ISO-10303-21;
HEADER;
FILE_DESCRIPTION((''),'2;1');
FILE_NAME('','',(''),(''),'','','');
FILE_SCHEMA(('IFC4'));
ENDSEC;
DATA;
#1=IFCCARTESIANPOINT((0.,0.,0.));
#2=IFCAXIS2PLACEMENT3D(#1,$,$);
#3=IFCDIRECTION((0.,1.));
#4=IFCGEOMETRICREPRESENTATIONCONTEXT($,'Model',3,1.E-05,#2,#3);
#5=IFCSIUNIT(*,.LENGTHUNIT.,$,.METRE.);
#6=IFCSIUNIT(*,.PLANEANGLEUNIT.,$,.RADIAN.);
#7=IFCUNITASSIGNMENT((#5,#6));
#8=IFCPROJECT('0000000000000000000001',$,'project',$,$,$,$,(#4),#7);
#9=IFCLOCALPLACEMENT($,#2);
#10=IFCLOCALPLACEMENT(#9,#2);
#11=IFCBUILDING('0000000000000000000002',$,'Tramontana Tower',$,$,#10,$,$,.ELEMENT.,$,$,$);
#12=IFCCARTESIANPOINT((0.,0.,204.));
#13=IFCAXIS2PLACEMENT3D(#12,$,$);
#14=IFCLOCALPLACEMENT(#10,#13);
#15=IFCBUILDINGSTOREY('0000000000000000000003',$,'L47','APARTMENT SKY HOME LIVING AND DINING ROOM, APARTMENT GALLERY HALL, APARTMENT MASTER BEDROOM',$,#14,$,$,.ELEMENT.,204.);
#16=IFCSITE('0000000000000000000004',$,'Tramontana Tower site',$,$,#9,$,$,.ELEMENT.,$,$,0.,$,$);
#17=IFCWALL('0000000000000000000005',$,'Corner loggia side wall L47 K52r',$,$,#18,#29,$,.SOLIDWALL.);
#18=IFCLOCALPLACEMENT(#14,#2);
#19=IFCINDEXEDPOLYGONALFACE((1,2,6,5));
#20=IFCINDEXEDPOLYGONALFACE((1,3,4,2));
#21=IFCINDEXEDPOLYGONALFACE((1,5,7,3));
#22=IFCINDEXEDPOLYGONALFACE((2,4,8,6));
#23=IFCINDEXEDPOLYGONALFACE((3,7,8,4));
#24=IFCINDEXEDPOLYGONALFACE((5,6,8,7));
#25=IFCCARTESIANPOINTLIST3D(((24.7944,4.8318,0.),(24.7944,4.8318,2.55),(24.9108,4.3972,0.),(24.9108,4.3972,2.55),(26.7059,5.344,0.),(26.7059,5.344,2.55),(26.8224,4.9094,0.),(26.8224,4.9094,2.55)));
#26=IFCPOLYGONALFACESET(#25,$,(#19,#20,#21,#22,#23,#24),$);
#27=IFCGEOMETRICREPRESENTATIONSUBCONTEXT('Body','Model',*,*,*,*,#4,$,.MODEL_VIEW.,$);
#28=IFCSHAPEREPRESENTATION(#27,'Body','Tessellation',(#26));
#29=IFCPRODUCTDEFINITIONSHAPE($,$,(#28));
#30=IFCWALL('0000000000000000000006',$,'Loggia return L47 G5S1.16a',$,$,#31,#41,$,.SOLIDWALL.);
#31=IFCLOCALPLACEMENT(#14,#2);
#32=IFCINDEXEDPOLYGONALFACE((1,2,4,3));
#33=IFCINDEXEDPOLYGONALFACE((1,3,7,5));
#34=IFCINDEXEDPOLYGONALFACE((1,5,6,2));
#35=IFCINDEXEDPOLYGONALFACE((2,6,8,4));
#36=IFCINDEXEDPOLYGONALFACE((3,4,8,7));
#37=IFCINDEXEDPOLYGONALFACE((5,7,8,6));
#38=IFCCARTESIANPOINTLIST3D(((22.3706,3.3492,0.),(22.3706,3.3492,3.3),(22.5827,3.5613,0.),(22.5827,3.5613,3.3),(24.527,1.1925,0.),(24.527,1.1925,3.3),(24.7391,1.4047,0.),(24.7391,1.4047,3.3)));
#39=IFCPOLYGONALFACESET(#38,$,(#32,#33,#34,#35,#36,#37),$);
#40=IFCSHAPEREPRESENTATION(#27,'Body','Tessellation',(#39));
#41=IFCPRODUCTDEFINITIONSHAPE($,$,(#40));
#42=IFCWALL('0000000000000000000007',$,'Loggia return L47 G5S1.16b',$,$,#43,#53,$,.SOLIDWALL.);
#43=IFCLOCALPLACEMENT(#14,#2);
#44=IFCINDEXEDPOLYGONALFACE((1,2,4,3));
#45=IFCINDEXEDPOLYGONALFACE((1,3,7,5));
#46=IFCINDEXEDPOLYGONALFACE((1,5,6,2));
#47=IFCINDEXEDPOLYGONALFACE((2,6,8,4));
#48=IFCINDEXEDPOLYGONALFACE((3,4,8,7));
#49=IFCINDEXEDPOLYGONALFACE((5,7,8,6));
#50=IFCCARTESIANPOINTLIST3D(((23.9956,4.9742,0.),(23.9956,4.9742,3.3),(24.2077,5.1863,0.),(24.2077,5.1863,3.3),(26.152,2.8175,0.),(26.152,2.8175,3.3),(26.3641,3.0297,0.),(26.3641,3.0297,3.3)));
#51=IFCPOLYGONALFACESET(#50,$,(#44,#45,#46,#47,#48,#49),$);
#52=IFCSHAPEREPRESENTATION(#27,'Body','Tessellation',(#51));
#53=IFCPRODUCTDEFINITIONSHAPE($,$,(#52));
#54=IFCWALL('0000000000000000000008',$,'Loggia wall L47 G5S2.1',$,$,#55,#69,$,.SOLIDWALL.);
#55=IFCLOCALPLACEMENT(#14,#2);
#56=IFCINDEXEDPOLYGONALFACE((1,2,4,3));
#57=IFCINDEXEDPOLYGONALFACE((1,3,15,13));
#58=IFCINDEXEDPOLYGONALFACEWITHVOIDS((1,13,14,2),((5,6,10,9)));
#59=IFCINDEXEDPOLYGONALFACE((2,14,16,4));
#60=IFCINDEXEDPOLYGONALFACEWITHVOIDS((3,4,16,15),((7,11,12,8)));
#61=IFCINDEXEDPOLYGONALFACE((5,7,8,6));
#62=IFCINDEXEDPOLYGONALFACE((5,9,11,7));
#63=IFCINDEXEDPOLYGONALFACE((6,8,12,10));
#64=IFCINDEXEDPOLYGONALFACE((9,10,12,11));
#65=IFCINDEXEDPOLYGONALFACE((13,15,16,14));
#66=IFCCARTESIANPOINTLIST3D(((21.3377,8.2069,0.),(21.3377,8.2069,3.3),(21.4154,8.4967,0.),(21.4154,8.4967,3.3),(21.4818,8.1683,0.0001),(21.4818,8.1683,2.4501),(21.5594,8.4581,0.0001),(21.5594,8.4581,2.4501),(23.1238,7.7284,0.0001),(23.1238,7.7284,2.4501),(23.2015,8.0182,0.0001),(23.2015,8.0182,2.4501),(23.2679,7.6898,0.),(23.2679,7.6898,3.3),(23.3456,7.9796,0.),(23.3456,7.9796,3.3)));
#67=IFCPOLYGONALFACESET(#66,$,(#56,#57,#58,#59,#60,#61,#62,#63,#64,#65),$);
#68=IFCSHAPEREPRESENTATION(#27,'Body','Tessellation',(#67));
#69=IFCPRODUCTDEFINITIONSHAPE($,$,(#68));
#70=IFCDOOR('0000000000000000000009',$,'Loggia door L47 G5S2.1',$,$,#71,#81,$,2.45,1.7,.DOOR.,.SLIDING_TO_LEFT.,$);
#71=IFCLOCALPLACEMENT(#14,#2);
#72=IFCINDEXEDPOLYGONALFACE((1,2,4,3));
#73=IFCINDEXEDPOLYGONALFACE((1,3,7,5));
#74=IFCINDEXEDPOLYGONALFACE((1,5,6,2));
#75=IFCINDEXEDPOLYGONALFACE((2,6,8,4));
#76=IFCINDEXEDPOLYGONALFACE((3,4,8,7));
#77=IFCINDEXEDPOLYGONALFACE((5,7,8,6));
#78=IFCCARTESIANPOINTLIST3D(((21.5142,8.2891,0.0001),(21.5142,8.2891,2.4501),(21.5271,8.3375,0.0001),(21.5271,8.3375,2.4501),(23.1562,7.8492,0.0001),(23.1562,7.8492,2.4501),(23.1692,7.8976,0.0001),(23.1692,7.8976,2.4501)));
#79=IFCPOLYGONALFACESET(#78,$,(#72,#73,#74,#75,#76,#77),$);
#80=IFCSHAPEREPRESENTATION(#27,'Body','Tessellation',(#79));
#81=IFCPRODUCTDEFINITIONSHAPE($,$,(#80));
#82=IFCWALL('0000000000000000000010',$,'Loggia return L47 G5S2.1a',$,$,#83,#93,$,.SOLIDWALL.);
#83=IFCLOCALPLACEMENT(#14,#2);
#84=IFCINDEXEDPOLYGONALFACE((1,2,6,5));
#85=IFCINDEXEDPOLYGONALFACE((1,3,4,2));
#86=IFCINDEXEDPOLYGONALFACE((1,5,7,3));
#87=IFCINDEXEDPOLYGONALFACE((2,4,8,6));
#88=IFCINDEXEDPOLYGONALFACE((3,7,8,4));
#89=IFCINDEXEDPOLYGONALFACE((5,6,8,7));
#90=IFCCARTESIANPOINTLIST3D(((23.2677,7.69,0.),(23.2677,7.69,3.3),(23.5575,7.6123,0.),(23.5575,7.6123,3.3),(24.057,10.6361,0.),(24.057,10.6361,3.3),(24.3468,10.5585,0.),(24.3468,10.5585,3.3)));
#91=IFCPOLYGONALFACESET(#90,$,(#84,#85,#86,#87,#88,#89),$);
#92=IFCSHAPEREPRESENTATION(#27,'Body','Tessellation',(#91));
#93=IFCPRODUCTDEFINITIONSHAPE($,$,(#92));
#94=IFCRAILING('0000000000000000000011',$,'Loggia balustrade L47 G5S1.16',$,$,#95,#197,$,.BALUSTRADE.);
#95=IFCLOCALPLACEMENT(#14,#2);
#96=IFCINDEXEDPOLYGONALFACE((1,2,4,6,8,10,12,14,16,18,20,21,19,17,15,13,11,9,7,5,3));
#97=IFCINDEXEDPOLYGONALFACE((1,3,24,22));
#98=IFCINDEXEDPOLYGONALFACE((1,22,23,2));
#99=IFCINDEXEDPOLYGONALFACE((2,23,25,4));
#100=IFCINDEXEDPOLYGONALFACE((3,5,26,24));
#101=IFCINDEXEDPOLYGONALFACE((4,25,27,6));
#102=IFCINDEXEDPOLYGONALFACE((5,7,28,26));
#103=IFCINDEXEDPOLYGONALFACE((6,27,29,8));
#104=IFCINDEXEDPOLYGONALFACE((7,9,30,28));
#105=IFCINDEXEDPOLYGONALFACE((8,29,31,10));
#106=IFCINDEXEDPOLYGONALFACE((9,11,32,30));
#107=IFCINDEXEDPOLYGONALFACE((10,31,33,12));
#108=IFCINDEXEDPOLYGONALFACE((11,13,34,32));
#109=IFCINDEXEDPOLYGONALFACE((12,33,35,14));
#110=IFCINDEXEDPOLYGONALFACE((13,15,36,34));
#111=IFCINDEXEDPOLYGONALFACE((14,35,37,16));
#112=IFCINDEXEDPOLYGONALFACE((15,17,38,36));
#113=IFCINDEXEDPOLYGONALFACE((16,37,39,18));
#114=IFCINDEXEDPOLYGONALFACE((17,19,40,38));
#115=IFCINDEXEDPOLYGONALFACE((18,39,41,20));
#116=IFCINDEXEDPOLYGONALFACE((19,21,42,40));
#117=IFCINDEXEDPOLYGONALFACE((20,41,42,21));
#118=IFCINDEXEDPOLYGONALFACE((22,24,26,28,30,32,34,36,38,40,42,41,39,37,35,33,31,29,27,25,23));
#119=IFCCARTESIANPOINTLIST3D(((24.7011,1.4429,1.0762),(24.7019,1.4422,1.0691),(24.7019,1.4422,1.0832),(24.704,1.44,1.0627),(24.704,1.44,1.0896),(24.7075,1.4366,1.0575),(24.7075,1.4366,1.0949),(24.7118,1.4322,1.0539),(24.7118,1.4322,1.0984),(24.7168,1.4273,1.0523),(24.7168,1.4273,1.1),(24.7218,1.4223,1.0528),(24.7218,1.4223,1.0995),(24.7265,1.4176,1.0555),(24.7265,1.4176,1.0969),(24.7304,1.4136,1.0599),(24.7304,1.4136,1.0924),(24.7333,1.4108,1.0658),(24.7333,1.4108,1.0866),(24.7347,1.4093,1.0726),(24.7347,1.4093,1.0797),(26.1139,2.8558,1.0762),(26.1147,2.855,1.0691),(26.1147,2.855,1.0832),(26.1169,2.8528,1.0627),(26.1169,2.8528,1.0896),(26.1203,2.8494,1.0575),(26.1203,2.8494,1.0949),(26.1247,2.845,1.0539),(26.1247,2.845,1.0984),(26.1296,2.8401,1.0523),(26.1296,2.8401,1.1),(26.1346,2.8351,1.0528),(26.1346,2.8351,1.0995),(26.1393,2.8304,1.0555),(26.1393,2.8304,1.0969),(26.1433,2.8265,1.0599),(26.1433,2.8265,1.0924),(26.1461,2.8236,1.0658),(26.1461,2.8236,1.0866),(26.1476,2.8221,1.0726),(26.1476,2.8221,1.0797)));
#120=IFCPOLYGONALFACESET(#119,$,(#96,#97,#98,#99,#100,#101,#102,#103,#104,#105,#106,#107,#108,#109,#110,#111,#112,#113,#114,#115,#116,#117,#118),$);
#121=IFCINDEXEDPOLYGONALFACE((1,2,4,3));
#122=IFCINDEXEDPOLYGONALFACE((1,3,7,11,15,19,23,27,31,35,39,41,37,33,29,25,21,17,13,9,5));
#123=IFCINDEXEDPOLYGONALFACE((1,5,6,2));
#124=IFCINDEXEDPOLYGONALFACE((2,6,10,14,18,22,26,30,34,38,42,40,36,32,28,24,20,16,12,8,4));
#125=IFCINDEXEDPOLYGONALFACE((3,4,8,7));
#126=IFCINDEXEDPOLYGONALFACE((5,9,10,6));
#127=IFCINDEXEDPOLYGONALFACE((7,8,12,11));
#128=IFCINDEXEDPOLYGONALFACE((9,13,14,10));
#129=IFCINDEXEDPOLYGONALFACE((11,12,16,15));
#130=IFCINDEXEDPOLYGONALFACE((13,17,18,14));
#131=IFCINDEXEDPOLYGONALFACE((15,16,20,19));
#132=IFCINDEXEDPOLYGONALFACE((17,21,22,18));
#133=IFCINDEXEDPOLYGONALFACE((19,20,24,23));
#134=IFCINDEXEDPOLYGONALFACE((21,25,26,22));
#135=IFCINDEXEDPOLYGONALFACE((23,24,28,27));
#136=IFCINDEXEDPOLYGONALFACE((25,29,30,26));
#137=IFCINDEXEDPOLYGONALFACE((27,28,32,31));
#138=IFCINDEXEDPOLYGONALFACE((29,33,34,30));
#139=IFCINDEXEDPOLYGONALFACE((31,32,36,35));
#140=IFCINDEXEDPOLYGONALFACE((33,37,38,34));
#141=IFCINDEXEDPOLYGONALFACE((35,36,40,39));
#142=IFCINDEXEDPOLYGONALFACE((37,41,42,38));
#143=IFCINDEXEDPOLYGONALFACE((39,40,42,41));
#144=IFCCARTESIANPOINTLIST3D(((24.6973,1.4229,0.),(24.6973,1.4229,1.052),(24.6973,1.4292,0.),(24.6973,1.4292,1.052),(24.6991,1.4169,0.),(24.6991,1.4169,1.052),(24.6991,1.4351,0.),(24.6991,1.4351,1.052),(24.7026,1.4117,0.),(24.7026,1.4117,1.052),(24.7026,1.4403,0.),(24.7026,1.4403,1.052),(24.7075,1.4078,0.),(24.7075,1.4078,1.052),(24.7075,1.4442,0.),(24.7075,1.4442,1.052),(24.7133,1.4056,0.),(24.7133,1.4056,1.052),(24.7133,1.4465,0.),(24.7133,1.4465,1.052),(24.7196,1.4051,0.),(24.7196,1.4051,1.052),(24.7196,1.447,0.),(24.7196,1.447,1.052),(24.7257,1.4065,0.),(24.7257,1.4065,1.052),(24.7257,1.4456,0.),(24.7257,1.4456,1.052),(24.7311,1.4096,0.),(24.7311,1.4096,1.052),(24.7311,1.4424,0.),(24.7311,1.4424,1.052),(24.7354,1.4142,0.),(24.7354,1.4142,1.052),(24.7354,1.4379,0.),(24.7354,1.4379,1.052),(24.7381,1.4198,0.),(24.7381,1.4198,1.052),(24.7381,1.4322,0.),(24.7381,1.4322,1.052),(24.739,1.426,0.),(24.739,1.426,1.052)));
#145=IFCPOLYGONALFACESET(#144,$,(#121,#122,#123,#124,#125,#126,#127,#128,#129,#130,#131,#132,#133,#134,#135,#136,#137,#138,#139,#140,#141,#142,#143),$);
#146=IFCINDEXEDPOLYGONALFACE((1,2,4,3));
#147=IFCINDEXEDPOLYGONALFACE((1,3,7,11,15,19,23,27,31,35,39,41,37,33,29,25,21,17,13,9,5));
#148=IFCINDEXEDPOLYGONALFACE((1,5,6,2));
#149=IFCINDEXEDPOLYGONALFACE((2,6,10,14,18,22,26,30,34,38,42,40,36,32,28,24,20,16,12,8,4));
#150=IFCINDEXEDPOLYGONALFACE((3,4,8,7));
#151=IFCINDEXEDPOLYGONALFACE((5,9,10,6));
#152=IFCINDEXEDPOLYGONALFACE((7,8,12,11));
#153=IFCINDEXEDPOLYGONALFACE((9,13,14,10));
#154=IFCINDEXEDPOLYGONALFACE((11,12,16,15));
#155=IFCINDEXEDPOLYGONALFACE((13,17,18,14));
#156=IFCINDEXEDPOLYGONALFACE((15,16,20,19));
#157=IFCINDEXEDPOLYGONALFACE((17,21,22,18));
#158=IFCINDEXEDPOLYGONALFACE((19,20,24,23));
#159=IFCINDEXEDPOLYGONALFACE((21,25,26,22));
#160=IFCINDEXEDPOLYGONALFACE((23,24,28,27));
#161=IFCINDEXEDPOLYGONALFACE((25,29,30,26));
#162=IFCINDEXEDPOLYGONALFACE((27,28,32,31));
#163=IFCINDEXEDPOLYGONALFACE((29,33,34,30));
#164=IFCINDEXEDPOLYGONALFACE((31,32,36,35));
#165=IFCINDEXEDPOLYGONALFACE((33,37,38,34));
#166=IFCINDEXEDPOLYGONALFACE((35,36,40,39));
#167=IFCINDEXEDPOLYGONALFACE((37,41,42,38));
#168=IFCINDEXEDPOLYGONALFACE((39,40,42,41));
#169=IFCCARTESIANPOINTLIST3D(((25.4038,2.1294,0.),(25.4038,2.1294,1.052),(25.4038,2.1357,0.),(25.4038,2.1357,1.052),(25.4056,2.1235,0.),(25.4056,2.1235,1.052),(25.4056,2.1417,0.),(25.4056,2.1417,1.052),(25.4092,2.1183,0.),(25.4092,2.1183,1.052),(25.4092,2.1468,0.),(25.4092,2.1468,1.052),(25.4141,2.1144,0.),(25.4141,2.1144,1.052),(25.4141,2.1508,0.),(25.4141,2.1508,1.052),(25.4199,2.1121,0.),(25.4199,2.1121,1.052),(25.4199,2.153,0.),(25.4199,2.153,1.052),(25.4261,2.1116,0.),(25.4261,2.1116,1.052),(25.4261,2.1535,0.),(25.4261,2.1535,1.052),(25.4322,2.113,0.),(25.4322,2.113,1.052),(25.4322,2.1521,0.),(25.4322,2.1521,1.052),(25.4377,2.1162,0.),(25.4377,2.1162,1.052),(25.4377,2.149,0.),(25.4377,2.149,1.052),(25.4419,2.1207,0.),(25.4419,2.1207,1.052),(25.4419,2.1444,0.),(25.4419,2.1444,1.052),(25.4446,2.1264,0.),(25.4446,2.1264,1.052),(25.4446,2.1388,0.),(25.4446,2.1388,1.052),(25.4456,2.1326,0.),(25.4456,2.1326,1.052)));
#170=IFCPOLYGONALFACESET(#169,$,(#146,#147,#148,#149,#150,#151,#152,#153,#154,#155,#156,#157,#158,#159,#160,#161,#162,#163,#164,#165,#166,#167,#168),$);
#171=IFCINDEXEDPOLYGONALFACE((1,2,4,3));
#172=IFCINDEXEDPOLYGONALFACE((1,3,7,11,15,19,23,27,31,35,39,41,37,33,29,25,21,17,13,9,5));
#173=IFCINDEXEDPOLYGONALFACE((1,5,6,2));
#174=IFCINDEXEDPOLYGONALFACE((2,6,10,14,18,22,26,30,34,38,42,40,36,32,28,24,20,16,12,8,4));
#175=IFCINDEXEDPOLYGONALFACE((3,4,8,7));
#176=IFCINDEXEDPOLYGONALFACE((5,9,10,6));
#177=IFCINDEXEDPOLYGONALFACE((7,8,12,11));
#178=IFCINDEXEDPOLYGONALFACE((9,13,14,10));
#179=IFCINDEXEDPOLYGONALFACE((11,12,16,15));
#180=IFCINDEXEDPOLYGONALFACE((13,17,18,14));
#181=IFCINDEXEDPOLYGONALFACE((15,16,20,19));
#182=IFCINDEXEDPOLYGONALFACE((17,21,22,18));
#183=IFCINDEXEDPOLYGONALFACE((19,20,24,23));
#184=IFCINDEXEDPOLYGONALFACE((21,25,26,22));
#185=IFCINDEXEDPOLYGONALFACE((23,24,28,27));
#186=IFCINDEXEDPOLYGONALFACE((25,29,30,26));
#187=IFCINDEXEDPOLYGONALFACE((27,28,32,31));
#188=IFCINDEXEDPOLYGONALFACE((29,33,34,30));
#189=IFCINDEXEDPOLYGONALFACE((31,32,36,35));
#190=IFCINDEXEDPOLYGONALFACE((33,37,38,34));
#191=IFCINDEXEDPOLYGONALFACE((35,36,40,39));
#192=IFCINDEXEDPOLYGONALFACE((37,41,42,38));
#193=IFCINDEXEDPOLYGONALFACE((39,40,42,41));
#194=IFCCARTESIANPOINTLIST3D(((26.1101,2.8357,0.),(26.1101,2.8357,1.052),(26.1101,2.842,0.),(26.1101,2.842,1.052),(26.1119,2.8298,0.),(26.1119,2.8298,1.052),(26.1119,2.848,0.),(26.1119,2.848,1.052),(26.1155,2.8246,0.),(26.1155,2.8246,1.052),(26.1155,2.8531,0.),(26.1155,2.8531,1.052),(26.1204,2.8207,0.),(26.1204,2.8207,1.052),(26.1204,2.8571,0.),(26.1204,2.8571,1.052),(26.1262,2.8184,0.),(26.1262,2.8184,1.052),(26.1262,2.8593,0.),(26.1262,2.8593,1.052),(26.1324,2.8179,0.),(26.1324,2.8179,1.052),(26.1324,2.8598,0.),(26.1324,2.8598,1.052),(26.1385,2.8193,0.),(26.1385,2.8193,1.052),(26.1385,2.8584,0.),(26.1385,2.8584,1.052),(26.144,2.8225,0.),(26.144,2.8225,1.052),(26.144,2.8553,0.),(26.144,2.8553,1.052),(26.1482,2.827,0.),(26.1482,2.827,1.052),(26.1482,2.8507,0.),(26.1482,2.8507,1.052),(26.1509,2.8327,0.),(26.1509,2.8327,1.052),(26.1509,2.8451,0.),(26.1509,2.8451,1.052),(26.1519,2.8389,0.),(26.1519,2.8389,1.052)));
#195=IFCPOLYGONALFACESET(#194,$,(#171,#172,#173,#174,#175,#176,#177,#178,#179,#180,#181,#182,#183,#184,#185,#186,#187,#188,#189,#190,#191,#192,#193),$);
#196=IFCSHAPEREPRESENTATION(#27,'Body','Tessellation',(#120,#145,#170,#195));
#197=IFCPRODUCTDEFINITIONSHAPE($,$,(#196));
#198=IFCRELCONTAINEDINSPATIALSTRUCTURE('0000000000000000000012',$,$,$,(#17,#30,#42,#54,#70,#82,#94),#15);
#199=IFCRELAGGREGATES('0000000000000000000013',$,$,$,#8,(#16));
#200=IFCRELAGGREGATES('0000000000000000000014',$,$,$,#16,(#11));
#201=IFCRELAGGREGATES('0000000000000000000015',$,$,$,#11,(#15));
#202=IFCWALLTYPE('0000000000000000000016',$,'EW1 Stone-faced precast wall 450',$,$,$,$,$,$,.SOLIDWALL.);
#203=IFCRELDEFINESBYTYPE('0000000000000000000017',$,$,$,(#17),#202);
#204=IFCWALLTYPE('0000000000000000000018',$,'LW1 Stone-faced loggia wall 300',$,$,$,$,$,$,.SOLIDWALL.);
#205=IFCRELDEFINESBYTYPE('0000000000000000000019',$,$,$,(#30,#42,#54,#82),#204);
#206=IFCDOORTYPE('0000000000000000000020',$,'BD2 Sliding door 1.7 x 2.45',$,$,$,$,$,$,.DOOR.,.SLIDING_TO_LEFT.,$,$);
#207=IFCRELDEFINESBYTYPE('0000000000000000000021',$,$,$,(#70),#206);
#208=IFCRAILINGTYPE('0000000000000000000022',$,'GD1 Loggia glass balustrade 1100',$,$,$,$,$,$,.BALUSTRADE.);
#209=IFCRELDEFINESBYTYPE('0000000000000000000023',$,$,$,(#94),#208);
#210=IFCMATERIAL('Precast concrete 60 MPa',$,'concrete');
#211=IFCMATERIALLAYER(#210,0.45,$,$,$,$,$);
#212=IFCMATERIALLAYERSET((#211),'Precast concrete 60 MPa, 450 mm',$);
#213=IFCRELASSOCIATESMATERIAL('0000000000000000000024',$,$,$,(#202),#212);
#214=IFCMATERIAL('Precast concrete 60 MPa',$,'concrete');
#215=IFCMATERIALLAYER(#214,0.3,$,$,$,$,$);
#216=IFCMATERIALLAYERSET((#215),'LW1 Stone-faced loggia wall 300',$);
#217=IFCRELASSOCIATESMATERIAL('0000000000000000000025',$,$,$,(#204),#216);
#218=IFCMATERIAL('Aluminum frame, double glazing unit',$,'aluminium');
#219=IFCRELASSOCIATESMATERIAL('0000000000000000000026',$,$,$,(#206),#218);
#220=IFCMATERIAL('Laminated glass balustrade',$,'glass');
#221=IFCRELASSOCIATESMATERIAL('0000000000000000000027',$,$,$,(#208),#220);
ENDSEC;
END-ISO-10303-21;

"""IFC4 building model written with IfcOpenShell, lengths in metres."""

from ifc_helpers import new_model, si_unit, direction, frame, frame_2d, origin, origin_2d, place, context, subcontext, project, spatial, rectangle, circle, extrude, material, layer, layer_set, type_object, element, fill, save


model = new_model("IFC4")

# Units and contexts
model_context = context("Model", 3, precision=1e-05, world=origin(), true_north=direction((0.0, 1.0)))
body_context = subcontext(model_context, "Body", "Model", "MODEL_VIEW")
ifc_project = project(units=[si_unit("LENGTHUNIT", "METRE"), si_unit("PLANEANGLEUNIT", "RADIAN")], contexts=[model_context])

# Site, building, storey
site_placement = place(None, origin())
site = spatial("IfcSite", under=ifc_project, at=site_placement, Name="Tramontana Tower site", CompositionType="ELEMENT", RefElevation=0.0)
building_placement = place(site_placement, origin())
building = spatial("IfcBuilding", under=site, at=building_placement, Name="Tramontana Tower", CompositionType="ELEMENT")
storey_placement = place(building_placement, frame((0.0, 0.0, 204.0)))
storey = spatial("IfcBuildingStorey", under=building, at=storey_placement, Name="L47", Description="APARTMENT SKY HOME LIVING AND DINING ROOM, APARTMENT GALLERY HALL, APARTMENT MASTER BEDROOM", CompositionType="ELEMENT", Elevation=204.0)

# Shared definitions
ifc_material_1 = material(Name="Precast concrete 60 MPa", Category="concrete")
ifc_layer_1 = layer(ifc_material_1, 0.45)
ifc_layer_set_1 = layer_set([ifc_layer_1], Name="Precast concrete 60 MPa, 450 mm")
wall_type_1 = type_object("IfcWallType", Name="EW1 Stone-faced precast wall 450", PredefinedType="SOLIDWALL", material=ifc_layer_set_1)

# Wall
wall_1_placement = place(storey_placement, frame((26.7642, 5.1267, 0.0), z_axis=(0.0, 0.0, 1.0), x_axis=(-0.965927, -0.258814, 0.0)))
element("IfcWall", 1, at=wall_1_placement, inside=storey, type_object=wall_type_1, Name="Corner loggia side wall L47 K52r", PredefinedType="SOLIDWALL", context=body_context, shape_type="SweptSolid", body=[
    extrude(rectangle(XDim=1.979, YDim=0.45, at=frame_2d((0.9895, 0.0))), origin(), (0.0, 0.0, 1.0), 2.55),
])

# Walls
ifc_material_2 = material(Name="Precast concrete 60 MPa", Category="concrete")
ifc_layer_2 = layer(ifc_material_2, 0.3)
ifc_layer_set_2 = layer_set([ifc_layer_2], Name="LW1 Stone-faced loggia wall 300")
wall_type_2 = type_object("IfcWallType", Name="LW1 Stone-faced loggia wall 300", PredefinedType="SOLIDWALL", material=ifc_layer_set_2)
for number, where, z_axis, x_axis, name in (
    (2, (24.6331, 1.2986, 0.0), (0.0, 0.0, 1.0), (-0.707067, 0.707147, 0.0), "Loggia return L47 G5S1.16a"),
    (3, (26.2581, 2.9236, 0.0), (0.0, 0.0, 1.0), (-0.707067, 0.707147, 0.0), "Loggia return L47 G5S1.16b"),
):
    element("IfcWall", number, at=place(storey_placement, frame(where, z_axis=z_axis, x_axis=x_axis)), inside=storey, type_object=wall_type_2, Name=name, PredefinedType="SOLIDWALL", context=body_context, shape_type="SweptSolid", body=[
        extrude(rectangle(XDim=3.0498, YDim=0.3, at=frame_2d((1.5249, 0.0))), origin(), (0.0, 0.0, 1.0), 3.3),
    ])

# Wall, opening, door
wall_2_placement = place(storey_placement, frame((23.3066, 7.8347, 0.0), z_axis=(0.0, 0.0, 1.0), x_axis=(-0.965938, 0.258773, 0.0)))
wall_2 = element("IfcWall", 4, at=wall_2_placement, inside=storey, type_object=wall_type_2, Name="Loggia wall L47 G5S2.1", PredefinedType="SOLIDWALL", context=body_context, shape_type="SweptSolid", body=[
    extrude(rectangle(XDim=1.9983, YDim=0.3, at=frame_2d((0.999, 0.0))), origin(), (0.0, 0.0, 1.0), 3.3),
])
opening_1_placement = place(wall_2_placement, frame((0.1489, 0.0, 0.0)))
opening_1 = element("IfcOpeningElement", 5, at=opening_1_placement, cuts=wall_2, PredefinedType="OPENING", context=body_context, shape_type="SweptSolid", body=[
    extrude(rectangle(XDim=1.7, YDim=2.45, at=frame_2d((0.8501, 1.2251))), frame((0.0, 0.1599, 0.0), z_axis=(0.0, -1.0, 0.0), x_axis=(1.0, 0.0, 0.0)), (0.0, 0.0, 1.0), 0.3201),
])
ifc_material_3 = material(Name="Aluminum frame, double glazing unit", Category="aluminium")
door_type_1 = type_object("IfcDoorType", Name="BD2 Sliding door 1.7 x 2.45", OperationType="SLIDING_TO_LEFT", PredefinedType="DOOR", material=ifc_material_3)
door_1_placement = place(opening_1_placement, origin())
door_1 = element("IfcDoor", 6, at=door_1_placement, inside=storey, type_object=door_type_1, Name="Loggia door L47 G5S2.1", OperationType="SLIDING_TO_LEFT", OverallHeight=2.45, OverallWidth=1.7, PredefinedType="DOOR", context=body_context, shape_type="SweptSolid", body=[
    extrude(rectangle(XDim=1.7, YDim=2.45, at=frame_2d((0.8501, 1.2251))), frame((0.0, 0.0249, 0.0), z_axis=(0.0, -1.0, 0.0), x_axis=(1.0, 0.0, 0.0)), (0.0, 0.0, 1.0), 0.05),
])
fill(opening_1, door_1)

# Wall
wall_3_placement = place(storey_placement, frame((24.2019, 10.5972, 0.0), z_axis=(0.0, 0.0, 1.0), x_axis=(-0.258793, -0.965933, 0.0)))
element("IfcWall", 7, at=wall_3_placement, inside=storey, type_object=wall_type_2, Name="Loggia return L47 G5S2.1a", PredefinedType="SOLIDWALL", context=body_context, shape_type="SweptSolid", body=[
    extrude(rectangle(XDim=3.05, YDim=0.3, at=frame_2d((1.5249, 0.0))), origin(), (0.0, 0.0, 1.0), 3.3),
])

# Railing
ifc_material_4 = material(Name="Laminated glass balustrade", Category="glass")
railing_type = type_object("IfcRailingType", Name="GD1 Loggia glass balustrade 1100", PredefinedType="BALUSTRADE", material=ifc_material_4)
railing_1_placement = place(storey_placement, frame((24.718, 1.426, 0.0)))
element("IfcRailing", 8, at=railing_1_placement, inside=storey, type_object=railing_type, Name="Loggia balustrade L47 G5S1.16", PredefinedType="BALUSTRADE", context=body_context, shape_type="SweptSolid", body=[
    extrude(circle(Radius=0.0239, at=origin_2d()), frame((0.0, 0.0, 1.0762), z_axis=(0.707107, 0.707107, 0.0), x_axis=(-0.707107, 0.707107, 0.0)), (0.0, 0.0, 1.0), 1.998),
    extrude(circle(Radius=0.021, at=origin_2d()), origin(), (0.0, 0.0, 1.0), 1.052),
    extrude(circle(Radius=0.021, at=origin_2d()), frame((0.7065, 0.7065, 0.0)), (0.0, 0.0, 1.0), 1.052),
    extrude(circle(Radius=0.021, at=origin_2d()), frame((1.4128, 1.4128, 0.0)), (0.0, 0.0, 1.0), 1.052),
])

save(model, "model.ifc")
